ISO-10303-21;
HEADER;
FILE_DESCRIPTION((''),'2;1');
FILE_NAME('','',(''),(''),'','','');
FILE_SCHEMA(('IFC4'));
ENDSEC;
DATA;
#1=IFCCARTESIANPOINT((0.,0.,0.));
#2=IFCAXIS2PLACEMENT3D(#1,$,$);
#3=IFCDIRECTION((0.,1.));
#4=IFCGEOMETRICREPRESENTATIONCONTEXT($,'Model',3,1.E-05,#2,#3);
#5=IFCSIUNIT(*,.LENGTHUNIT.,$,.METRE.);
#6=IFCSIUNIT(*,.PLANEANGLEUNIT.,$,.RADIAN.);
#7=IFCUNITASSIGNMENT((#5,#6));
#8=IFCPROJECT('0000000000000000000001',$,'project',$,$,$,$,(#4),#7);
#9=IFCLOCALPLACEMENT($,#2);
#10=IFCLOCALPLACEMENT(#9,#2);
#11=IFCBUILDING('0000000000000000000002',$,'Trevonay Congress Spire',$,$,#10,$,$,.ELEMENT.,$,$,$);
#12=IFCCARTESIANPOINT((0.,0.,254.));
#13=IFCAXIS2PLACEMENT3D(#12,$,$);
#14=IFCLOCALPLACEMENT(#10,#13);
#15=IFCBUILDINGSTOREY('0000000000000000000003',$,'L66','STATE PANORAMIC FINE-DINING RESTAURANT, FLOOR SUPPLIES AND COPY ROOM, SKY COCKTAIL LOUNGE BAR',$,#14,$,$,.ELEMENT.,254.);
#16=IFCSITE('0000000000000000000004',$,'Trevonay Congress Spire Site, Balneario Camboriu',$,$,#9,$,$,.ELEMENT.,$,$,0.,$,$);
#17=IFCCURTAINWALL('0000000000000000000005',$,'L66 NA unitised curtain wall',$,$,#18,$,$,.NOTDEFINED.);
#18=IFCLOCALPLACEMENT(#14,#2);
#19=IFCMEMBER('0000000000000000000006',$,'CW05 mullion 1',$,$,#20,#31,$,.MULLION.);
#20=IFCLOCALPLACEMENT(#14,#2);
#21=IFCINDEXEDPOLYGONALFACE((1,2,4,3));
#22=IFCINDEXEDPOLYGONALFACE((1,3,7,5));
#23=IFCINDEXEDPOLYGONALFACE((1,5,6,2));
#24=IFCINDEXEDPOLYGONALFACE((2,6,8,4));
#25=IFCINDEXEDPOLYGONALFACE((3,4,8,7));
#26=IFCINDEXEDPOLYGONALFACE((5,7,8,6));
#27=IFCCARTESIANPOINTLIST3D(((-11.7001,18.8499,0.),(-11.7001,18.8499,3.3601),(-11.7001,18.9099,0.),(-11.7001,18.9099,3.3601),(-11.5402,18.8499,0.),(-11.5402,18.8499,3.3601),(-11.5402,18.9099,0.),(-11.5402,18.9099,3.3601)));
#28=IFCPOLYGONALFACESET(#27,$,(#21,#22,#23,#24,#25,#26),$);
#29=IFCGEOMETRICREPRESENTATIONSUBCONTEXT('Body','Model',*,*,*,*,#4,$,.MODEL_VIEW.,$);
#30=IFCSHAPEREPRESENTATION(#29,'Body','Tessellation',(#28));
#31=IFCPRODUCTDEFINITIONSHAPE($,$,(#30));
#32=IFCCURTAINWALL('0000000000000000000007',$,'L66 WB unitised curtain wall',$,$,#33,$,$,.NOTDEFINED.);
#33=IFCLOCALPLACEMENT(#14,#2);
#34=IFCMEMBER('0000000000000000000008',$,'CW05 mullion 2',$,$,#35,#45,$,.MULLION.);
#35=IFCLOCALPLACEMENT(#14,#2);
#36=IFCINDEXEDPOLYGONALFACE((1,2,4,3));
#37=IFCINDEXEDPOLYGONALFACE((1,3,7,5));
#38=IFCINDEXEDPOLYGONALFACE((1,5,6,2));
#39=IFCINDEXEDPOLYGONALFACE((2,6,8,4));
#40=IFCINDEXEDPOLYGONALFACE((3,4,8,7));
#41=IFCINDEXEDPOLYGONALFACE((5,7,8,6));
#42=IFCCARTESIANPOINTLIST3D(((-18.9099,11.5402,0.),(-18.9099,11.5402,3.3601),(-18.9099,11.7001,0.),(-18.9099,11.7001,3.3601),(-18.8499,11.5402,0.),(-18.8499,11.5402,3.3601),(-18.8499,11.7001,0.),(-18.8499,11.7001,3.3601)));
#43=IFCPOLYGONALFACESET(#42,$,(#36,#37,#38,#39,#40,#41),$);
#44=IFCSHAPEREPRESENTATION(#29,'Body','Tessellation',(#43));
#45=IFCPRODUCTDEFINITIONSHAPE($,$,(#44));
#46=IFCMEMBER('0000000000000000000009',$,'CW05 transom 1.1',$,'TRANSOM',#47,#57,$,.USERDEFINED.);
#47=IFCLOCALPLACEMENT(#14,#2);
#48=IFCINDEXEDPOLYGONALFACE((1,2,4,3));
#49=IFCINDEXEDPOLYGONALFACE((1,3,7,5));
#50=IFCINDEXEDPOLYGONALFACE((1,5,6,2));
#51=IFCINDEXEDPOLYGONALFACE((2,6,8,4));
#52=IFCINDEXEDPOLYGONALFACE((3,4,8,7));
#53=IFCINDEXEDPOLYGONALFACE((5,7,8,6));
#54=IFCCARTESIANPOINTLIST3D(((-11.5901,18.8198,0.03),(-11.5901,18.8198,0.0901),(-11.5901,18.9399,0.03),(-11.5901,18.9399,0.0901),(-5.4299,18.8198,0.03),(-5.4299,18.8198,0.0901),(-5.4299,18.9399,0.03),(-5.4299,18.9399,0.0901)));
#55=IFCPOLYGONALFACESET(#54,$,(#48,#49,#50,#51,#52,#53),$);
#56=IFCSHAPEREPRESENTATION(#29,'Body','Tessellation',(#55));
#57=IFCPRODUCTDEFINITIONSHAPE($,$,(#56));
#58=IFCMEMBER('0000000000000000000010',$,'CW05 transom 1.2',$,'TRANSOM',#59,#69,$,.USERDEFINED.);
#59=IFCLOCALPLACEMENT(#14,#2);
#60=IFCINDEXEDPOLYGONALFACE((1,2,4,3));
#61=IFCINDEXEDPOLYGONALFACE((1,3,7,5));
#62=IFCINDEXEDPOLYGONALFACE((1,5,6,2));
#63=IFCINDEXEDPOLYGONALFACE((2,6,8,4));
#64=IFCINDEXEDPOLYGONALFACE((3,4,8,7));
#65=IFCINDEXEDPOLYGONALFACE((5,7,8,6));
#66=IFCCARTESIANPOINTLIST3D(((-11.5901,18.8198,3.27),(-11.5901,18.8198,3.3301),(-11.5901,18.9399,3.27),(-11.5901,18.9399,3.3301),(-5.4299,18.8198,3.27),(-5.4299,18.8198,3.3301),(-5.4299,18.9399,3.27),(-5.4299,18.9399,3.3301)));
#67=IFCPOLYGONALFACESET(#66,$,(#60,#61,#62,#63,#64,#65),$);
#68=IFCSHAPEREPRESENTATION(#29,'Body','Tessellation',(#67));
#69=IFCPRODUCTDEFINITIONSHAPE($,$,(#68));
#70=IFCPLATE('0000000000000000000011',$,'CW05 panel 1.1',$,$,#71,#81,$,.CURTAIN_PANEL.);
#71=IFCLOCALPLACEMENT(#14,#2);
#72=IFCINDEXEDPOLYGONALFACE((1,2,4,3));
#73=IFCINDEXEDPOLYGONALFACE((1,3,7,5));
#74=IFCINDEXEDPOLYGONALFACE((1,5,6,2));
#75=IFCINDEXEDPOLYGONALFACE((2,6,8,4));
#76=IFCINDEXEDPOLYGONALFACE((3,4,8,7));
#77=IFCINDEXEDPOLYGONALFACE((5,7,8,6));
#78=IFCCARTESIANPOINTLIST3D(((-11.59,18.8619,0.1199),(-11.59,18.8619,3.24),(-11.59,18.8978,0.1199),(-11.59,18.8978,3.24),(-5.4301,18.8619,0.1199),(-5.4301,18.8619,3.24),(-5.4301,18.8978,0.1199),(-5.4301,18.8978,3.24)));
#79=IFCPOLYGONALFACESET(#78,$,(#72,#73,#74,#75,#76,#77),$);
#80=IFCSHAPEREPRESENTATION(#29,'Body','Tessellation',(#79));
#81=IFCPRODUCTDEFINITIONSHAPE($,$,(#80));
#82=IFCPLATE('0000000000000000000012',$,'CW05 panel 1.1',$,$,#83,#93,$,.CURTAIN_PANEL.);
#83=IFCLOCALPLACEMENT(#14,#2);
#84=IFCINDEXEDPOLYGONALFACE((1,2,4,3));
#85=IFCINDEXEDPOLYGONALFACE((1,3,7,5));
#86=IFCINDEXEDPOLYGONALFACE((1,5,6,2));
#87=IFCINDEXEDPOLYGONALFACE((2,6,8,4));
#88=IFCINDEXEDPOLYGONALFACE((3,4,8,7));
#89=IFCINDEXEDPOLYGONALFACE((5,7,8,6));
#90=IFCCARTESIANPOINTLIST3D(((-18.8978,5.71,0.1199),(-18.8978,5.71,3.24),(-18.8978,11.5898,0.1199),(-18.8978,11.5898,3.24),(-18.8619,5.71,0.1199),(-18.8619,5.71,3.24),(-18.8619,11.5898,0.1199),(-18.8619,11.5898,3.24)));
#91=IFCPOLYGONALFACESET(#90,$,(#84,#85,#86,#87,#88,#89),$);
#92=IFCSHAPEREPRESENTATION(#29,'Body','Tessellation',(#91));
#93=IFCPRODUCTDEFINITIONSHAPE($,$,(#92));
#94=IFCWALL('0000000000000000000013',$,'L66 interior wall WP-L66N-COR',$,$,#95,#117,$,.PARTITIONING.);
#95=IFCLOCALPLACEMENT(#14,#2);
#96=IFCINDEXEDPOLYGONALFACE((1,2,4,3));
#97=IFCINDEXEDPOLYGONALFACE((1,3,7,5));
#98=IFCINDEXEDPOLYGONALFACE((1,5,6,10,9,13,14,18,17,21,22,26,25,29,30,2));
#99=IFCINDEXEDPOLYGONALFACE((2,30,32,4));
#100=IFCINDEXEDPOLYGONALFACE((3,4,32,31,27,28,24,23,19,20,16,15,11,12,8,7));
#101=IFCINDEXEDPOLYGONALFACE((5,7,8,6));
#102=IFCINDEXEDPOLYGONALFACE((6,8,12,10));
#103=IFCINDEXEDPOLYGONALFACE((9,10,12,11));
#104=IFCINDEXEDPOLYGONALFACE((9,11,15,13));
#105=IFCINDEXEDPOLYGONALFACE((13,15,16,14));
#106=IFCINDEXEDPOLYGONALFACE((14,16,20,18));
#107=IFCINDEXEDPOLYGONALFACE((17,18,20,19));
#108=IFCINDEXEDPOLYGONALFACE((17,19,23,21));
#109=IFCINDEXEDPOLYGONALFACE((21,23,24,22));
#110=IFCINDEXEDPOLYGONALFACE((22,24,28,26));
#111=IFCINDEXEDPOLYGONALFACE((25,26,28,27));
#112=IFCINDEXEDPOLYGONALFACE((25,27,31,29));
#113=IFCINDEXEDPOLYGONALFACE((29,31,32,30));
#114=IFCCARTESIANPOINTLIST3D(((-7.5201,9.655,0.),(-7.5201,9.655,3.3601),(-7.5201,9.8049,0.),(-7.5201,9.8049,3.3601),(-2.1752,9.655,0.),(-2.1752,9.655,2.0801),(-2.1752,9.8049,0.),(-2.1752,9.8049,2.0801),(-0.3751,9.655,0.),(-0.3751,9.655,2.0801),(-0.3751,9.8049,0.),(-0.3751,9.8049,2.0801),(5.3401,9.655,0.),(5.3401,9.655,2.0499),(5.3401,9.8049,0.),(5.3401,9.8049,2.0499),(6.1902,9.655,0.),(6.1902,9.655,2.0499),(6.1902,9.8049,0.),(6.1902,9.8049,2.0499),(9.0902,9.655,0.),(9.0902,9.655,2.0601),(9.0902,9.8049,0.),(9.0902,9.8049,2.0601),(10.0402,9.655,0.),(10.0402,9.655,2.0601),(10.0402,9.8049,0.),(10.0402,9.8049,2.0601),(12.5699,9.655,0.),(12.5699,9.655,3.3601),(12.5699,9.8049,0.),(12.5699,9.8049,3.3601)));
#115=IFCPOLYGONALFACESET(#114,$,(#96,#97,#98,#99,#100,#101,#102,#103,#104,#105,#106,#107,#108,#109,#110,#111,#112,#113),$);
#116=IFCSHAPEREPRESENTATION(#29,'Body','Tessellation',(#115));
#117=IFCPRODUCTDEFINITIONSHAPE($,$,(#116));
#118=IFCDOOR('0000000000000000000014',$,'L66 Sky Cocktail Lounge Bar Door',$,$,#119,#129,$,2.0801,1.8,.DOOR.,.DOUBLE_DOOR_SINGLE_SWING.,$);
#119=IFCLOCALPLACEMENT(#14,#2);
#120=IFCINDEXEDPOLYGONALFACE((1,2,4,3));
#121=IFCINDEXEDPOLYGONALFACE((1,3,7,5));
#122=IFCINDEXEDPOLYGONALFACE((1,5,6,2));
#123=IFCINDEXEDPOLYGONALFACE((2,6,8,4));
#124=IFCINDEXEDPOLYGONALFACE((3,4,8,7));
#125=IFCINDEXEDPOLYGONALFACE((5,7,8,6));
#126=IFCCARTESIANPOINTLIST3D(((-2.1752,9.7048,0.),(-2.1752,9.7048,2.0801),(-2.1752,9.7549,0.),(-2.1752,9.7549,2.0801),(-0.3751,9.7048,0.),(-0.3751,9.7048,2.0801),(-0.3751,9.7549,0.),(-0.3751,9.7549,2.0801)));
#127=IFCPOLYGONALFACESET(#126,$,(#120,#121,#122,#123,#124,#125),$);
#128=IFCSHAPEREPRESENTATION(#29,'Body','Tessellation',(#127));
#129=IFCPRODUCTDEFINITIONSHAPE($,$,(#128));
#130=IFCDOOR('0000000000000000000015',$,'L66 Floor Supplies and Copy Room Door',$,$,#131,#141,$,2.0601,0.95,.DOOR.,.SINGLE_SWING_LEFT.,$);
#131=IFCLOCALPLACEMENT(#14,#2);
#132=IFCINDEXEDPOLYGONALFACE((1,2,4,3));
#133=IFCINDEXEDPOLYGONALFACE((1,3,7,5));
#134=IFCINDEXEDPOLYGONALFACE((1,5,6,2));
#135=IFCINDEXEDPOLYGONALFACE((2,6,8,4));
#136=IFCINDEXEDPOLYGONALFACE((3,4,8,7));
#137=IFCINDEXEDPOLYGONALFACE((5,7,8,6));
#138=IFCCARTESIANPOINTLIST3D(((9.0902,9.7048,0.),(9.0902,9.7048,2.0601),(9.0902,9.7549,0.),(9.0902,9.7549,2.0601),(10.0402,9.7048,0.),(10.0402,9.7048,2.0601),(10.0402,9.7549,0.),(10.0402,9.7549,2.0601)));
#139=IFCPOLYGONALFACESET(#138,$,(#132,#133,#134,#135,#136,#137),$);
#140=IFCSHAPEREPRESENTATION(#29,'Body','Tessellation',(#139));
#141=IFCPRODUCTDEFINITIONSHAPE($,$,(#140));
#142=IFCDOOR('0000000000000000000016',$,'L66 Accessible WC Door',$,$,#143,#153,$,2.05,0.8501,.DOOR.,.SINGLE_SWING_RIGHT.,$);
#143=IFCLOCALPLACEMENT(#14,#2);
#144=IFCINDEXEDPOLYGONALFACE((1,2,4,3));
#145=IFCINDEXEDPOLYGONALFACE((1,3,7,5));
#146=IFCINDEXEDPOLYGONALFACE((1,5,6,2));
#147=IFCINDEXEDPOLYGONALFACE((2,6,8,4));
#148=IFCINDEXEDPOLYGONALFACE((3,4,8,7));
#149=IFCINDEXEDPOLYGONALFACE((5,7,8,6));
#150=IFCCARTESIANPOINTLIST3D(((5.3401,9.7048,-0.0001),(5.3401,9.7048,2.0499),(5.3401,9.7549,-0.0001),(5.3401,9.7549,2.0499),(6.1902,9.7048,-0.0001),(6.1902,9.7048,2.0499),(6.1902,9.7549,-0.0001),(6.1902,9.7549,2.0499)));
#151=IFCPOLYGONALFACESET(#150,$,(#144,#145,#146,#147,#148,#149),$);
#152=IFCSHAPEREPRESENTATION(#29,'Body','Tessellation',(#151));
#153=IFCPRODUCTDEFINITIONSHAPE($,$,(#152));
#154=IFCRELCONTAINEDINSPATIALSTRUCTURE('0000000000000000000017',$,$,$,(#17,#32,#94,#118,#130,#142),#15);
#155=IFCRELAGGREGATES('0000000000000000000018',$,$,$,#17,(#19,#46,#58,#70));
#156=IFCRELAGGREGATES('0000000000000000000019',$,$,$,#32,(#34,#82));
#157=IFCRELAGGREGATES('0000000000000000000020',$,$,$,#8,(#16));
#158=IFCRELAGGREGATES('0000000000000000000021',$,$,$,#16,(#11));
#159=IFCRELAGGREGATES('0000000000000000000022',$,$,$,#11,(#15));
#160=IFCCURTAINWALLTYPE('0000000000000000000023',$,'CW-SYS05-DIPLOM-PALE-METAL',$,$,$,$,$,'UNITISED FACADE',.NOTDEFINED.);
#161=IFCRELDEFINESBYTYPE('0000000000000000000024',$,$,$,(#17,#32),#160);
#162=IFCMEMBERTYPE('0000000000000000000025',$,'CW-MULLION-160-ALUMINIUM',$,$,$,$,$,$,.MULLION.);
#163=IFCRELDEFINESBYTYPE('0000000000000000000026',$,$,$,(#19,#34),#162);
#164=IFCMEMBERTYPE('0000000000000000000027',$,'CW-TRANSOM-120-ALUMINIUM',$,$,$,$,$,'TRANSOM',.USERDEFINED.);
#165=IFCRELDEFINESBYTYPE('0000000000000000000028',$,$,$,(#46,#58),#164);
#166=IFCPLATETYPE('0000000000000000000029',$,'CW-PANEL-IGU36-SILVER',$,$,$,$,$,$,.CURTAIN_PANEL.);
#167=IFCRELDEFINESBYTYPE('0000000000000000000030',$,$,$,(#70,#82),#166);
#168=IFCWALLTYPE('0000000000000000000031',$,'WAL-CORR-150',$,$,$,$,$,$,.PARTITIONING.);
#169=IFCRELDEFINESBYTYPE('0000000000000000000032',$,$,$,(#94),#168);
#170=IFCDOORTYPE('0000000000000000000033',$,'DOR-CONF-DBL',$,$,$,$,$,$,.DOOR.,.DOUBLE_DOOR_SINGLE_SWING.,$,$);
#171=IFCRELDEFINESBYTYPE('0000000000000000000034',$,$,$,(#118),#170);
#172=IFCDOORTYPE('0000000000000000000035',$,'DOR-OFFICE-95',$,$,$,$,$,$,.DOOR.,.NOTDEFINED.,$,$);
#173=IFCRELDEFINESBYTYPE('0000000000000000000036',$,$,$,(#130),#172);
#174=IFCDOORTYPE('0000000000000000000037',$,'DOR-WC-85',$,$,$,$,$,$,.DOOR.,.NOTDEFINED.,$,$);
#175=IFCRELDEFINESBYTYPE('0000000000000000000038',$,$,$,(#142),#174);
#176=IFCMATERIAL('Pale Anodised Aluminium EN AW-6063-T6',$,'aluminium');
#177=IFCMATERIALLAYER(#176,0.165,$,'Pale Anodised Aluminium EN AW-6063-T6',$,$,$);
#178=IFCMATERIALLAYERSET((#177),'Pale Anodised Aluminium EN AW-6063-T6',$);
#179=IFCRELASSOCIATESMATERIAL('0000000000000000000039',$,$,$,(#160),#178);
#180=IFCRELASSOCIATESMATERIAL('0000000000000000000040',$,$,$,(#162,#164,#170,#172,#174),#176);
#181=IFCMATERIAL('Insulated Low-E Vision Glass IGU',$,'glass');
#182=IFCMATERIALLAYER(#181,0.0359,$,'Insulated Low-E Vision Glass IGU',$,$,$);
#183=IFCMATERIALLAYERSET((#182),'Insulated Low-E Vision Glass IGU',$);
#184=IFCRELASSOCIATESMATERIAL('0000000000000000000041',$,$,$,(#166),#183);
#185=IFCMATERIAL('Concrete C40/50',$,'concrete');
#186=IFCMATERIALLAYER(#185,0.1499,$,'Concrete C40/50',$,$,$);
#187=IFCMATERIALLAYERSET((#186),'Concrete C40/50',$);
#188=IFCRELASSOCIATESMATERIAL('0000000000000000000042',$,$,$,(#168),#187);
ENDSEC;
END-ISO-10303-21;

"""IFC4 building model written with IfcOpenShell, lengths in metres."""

from ifc_helpers import new_model, si_unit, direction, frame, frame_2d, origin, origin_2d, place, context, subcontext, project, spatial, rectangle, extrude, material, layer, layer_set, material_profile, profile_set, type_object, element, fill, aggregate, save


model = new_model("IFC4")

# Units and contexts
model_context = context("Model", 3, precision=1e-05, world=origin(), true_north=direction((0.0, 1.0)))
body_context = subcontext(model_context, "Body", "Model", "MODEL_VIEW")
ifc_project = project(units=[si_unit("LENGTHUNIT", "METRE"), si_unit("PLANEANGLEUNIT", "RADIAN")], contexts=[model_context])

# Site, building, storey
site_placement = place(None, origin())
site = spatial("IfcSite", under=ifc_project, at=site_placement, Name="Trevonay Congress Spire Site, Balneario Camboriu", CompositionType="ELEMENT", RefElevation=0.0)
building_placement = place(site_placement, origin())
building = spatial("IfcBuilding", under=site, at=building_placement, Name="Trevonay Congress Spire", CompositionType="ELEMENT")
storey_placement = place(building_placement, frame((0.0, 0.0, 254.0)))
storey = spatial("IfcBuildingStorey", under=building, at=storey_placement, Name="L66", Description="STATE PANORAMIC FINE-DINING RESTAURANT, FLOOR SUPPLIES AND COPY ROOM, SKY COCKTAIL LOUNGE BAR", CompositionType="ELEMENT", Elevation=254.0)

# Curtain walls, members
ifc_material_1 = material(Name="Pale Anodised Aluminium EN AW-6063-T6", Category="aluminium")
ifc_layer_1 = layer(ifc_material_1, 0.165, Name="Pale Anodised Aluminium EN AW-6063-T6")
ifc_layer_set_1 = layer_set([ifc_layer_1], Name="Pale Anodised Aluminium EN AW-6063-T6")
curtain_wall_type = type_object("IfcCurtainWallType", Name="CW-SYS05-DIPLOM-PALE-METAL", ElementType="UNITISED FACADE", PredefinedType="NOTDEFINED", material=ifc_layer_set_1)
curtain_wall_1_placement = place(storey_placement, origin())
curtain_wall_1 = element("IfcCurtainWall", 1, at=curtain_wall_1_placement, inside=storey, type_object=curtain_wall_type, Name="L66 NA unitised curtain wall", PredefinedType="NOTDEFINED")
ifc_material_profile_1 = material_profile(ifc_material_1, rectangle(XDim=0.0601, YDim=0.1599, at=origin_2d()), Name="CW-MULLION-160-ALUMINIUM")
ifc_profile_set_1 = profile_set([ifc_material_profile_1], Name="Pale Anodised Aluminium EN AW-6063-T6")
member_type_1 = type_object("IfcMemberType", Name="CW-MULLION-160-ALUMINIUM", PredefinedType="MULLION", material=ifc_profile_set_1)
member_1_placement = place(storey_placement, frame((-11.6201, 18.8799, 0.0), z_axis=(0.0, 0.0, 1.0), x_axis=(0.0, 1.0, 0.0)))
member_1 = element("IfcMember", 2, at=member_1_placement, type_object=member_type_1, Name="CW05 mullion 1", PredefinedType="MULLION", context=body_context, shape_type="SweptSolid", body=[
    extrude(rectangle(XDim=0.0601, YDim=0.1599, at=origin_2d()), origin(), (0.0, 0.0, 1.0), 3.3601),
])
curtain_wall_2_placement = place(storey_placement, origin())
curtain_wall_2 = element("IfcCurtainWall", 3, at=curtain_wall_2_placement, inside=storey, type_object=curtain_wall_type, Name="L66 WB unitised curtain wall", PredefinedType="NOTDEFINED")
member_2_placement = place(storey_placement, frame((-18.8799, 11.6201, 0.0), z_axis=(0.0, 0.0, 1.0), x_axis=(-1.0, 0.0, 0.0)))
member_2 = element("IfcMember", 4, at=member_2_placement, type_object=member_type_1, Name="CW05 mullion 2", PredefinedType="MULLION", context=body_context, shape_type="SweptSolid", body=[
    extrude(rectangle(XDim=0.0601, YDim=0.1599, at=origin_2d()), origin(), (0.0, 0.0, 1.0), 3.3601),
])

# Members
ifc_material_profile_2 = material_profile(ifc_material_1, rectangle(XDim=0.1201, YDim=0.0601, at=origin_2d()), Name="CW-TRANSOM-120-ALUMINIUM")
ifc_profile_set_2 = profile_set([ifc_material_profile_2], Name="Pale Anodised Aluminium EN AW-6063-T6")
member_type_2 = type_object("IfcMemberType", Name="CW-TRANSOM-120-ALUMINIUM", ElementType="TRANSOM", PredefinedType="USERDEFINED", material=ifc_profile_set_2)
member_3_placement = place(storey_placement, frame((-11.5901, 18.8799, 0.0601), z_axis=(1.0, 0.0, 0.0), x_axis=(0.0, 1.0, 0.0)))
member_3 = element("IfcMember", 5, at=member_3_placement, type_object=member_type_2, Name="CW05 transom 1.1", ObjectType="TRANSOM", PredefinedType="USERDEFINED", context=body_context, shape_type="SweptSolid", body=[
    extrude(rectangle(XDim=0.1201, YDim=0.0601, at=origin_2d()), origin(), (0.0, 0.0, 1.0), 6.1602),
])
member_4_placement = place(storey_placement, frame((-11.5901, 18.8799, 3.3), z_axis=(1.0, 0.0, 0.0), x_axis=(0.0, 1.0, 0.0)))
member_4 = element("IfcMember", 6, at=member_4_placement, type_object=member_type_2, Name="CW05 transom 1.2", ObjectType="TRANSOM", PredefinedType="USERDEFINED", context=body_context, shape_type="SweptSolid", body=[
    extrude(rectangle(XDim=0.1201, YDim=0.0601, at=origin_2d()), origin(), (0.0, 0.0, 1.0), 6.1602),
])

# Plates
ifc_material_2 = material(Name="Insulated Low-E Vision Glass IGU", Category="glass")
ifc_layer_2 = layer(ifc_material_2, 0.0359, Name="Insulated Low-E Vision Glass IGU")
ifc_layer_set_2 = layer_set([ifc_layer_2], Name="Insulated Low-E Vision Glass IGU")
plate_type = type_object("IfcPlateType", Name="CW-PANEL-IGU36-SILVER", PredefinedType="CURTAIN_PANEL", material=ifc_layer_set_2)
plate_1_placement = place(storey_placement, frame((-8.51, 18.8799, 0.1199), z_axis=(0.0, 0.0, 1.0), x_axis=(1.0, 0.0, 0.0)))
plate_1 = element("IfcPlate", 7, at=plate_1_placement, type_object=plate_type, Name="CW05 panel 1.1", PredefinedType="CURTAIN_PANEL", context=body_context, shape_type="SweptSolid", body=[
    extrude(rectangle(XDim=6.1599, YDim=0.0359, at=origin_2d()), origin(), (0.0, 0.0, 1.0), 3.1201),
])
aggregate(curtain_wall_1, [member_1, member_3, member_4, plate_1])
plate_2_placement = place(storey_placement, frame((-18.8799, 8.6499, 0.1199), z_axis=(0.0, 0.0, 1.0), x_axis=(0.0, 1.0, 0.0)))
plate_2 = element("IfcPlate", 8, at=plate_2_placement, type_object=plate_type, Name="CW05 panel 1.1", PredefinedType="CURTAIN_PANEL", context=body_context, shape_type="SweptSolid", body=[
    extrude(rectangle(XDim=5.8799, YDim=0.0359, at=origin_2d()), origin(), (0.0, 0.0, 1.0), 3.1201),
])
aggregate(curtain_wall_2, [member_2, plate_2])

# Wall, openings, doors
ifc_material_3 = material(Name="Concrete C40/50", Category="concrete")
ifc_layer_3 = layer(ifc_material_3, 0.1499, Name="Concrete C40/50")
ifc_layer_set_3 = layer_set([ifc_layer_3], Name="Concrete C40/50")
wall_type_1 = type_object("IfcWallType", Name="WAL-CORR-150", PredefinedType="PARTITIONING", material=ifc_layer_set_3)
wall_1_placement = place(storey_placement, frame((-7.52, 9.73, 0.0), z_axis=(0.0, 0.0, 1.0), x_axis=(1.0, 0.0, 0.0)))
wall_1 = element("IfcWall", 9, at=wall_1_placement, inside=storey, type_object=wall_type_1, Name="L66 interior wall WP-L66N-COR", PredefinedType="PARTITIONING", context=body_context, shape_type="SweptSolid", body=[
    extrude(rectangle(XDim=20.0901, YDim=0.1499, at=frame_2d((10.0449, 0.0))), origin(), (0.0, 0.0, 1.0), 3.3601),
])
opening_1_placement = place(wall_1_placement, frame((5.345, 0.0, 0.0)))
opening_1 = element("IfcOpeningElement", 10, at=opening_1_placement, cuts=wall_1, PredefinedType="OPENING", context=body_context, shape_type="SweptSolid", body=[
    extrude(rectangle(XDim=1.8, YDim=2.0801, at=frame_2d((0.8999, 1.04))), frame((0.0, 0.085, 0.0), z_axis=(0.0, -1.0, 0.0), x_axis=(1.0, 0.0, 0.0)), (0.0, 0.0, 1.0), 0.1699),
])
opening_2_placement = place(wall_1_placement, frame((12.8601, 0.0, 0.0)))
opening_2 = element("IfcOpeningElement", 11, at=opening_2_placement, cuts=wall_1, PredefinedType="OPENING", context=body_context, shape_type="SweptSolid", body=[
    extrude(rectangle(XDim=0.8501, YDim=2.05, at=frame_2d((0.425, 1.0249))), frame((0.0, 0.085, 0.0), z_axis=(0.0, -1.0, 0.0), x_axis=(1.0, 0.0, 0.0)), (0.0, 0.0, 1.0), 0.1699),
])
opening_3_placement = place(wall_1_placement, frame((16.6101, 0.0, 0.0)))
opening_3 = element("IfcOpeningElement", 12, at=opening_3_placement, cuts=wall_1, PredefinedType="OPENING", context=body_context, shape_type="SweptSolid", body=[
    extrude(rectangle(XDim=0.95, YDim=2.0601, at=frame_2d((0.4751, 1.03))), frame((0.0, 0.085, 0.0), z_axis=(0.0, -1.0, 0.0), x_axis=(1.0, 0.0, 0.0)), (0.0, 0.0, 1.0), 0.1699),
])
door_type_1 = type_object("IfcDoorType", Name="DOR-CONF-DBL", OperationType="DOUBLE_DOOR_SINGLE_SWING", PredefinedType="DOOR", material=ifc_material_1)
door_1_placement = place(opening_1_placement, origin())
door_1 = element("IfcDoor", 13, at=door_1_placement, inside=storey, type_object=door_type_1, Name="L66 Sky Cocktail Lounge Bar Door", OperationType="DOUBLE_DOOR_SINGLE_SWING", OverallHeight=2.0801, OverallWidth=1.8, PredefinedType="DOOR", context=body_context, shape_type="SweptSolid", body=[
    extrude(rectangle(XDim=1.8, YDim=2.0801, at=frame_2d((0.8999, 1.04))), frame((0.0, 0.0249, 0.0), z_axis=(0.0, -1.0, 0.0), x_axis=(1.0, 0.0, 0.0)), (0.0, 0.0, 1.0), 0.05),
])
fill(opening_1, door_1)
door_type_2 = type_object("IfcDoorType", Name="DOR-OFFICE-95", OperationType="NOTDEFINED", PredefinedType="DOOR", material=ifc_material_1)
door_2_placement = place(opening_3_placement, origin())
door_2 = element("IfcDoor", 14, at=door_2_placement, inside=storey, type_object=door_type_2, Name="L66 Floor Supplies and Copy Room Door", OperationType="SINGLE_SWING_LEFT", OverallHeight=2.0601, OverallWidth=0.95, PredefinedType="DOOR", context=body_context, shape_type="SweptSolid", body=[
    extrude(rectangle(XDim=0.95, YDim=2.0601, at=frame_2d((0.4751, 1.03))), frame((0.0, 0.0249, 0.0), z_axis=(0.0, -1.0, 0.0), x_axis=(1.0, 0.0, 0.0)), (0.0, 0.0, 1.0), 0.05),
])
fill(opening_3, door_2)
door_type_3 = type_object("IfcDoorType", Name="DOR-WC-85", OperationType="NOTDEFINED", PredefinedType="DOOR", material=ifc_material_1)
door_3_placement = place(opening_2_placement, origin())
door_3 = element("IfcDoor", 15, at=door_3_placement, inside=storey, type_object=door_type_3, Name="L66 Accessible WC Door", OperationType="SINGLE_SWING_RIGHT", OverallHeight=2.05, OverallWidth=0.8501, PredefinedType="DOOR", context=body_context, shape_type="SweptSolid", body=[
    extrude(rectangle(XDim=0.8501, YDim=2.05, at=frame_2d((0.425, 1.0249))), frame((0.0, 0.0249, 0.0), z_axis=(0.0, -1.0, 0.0), x_axis=(1.0, 0.0, 0.0)), (0.0, 0.0, 1.0), 0.05),
])
fill(opening_2, door_3)

save(model, "model.ifc")
